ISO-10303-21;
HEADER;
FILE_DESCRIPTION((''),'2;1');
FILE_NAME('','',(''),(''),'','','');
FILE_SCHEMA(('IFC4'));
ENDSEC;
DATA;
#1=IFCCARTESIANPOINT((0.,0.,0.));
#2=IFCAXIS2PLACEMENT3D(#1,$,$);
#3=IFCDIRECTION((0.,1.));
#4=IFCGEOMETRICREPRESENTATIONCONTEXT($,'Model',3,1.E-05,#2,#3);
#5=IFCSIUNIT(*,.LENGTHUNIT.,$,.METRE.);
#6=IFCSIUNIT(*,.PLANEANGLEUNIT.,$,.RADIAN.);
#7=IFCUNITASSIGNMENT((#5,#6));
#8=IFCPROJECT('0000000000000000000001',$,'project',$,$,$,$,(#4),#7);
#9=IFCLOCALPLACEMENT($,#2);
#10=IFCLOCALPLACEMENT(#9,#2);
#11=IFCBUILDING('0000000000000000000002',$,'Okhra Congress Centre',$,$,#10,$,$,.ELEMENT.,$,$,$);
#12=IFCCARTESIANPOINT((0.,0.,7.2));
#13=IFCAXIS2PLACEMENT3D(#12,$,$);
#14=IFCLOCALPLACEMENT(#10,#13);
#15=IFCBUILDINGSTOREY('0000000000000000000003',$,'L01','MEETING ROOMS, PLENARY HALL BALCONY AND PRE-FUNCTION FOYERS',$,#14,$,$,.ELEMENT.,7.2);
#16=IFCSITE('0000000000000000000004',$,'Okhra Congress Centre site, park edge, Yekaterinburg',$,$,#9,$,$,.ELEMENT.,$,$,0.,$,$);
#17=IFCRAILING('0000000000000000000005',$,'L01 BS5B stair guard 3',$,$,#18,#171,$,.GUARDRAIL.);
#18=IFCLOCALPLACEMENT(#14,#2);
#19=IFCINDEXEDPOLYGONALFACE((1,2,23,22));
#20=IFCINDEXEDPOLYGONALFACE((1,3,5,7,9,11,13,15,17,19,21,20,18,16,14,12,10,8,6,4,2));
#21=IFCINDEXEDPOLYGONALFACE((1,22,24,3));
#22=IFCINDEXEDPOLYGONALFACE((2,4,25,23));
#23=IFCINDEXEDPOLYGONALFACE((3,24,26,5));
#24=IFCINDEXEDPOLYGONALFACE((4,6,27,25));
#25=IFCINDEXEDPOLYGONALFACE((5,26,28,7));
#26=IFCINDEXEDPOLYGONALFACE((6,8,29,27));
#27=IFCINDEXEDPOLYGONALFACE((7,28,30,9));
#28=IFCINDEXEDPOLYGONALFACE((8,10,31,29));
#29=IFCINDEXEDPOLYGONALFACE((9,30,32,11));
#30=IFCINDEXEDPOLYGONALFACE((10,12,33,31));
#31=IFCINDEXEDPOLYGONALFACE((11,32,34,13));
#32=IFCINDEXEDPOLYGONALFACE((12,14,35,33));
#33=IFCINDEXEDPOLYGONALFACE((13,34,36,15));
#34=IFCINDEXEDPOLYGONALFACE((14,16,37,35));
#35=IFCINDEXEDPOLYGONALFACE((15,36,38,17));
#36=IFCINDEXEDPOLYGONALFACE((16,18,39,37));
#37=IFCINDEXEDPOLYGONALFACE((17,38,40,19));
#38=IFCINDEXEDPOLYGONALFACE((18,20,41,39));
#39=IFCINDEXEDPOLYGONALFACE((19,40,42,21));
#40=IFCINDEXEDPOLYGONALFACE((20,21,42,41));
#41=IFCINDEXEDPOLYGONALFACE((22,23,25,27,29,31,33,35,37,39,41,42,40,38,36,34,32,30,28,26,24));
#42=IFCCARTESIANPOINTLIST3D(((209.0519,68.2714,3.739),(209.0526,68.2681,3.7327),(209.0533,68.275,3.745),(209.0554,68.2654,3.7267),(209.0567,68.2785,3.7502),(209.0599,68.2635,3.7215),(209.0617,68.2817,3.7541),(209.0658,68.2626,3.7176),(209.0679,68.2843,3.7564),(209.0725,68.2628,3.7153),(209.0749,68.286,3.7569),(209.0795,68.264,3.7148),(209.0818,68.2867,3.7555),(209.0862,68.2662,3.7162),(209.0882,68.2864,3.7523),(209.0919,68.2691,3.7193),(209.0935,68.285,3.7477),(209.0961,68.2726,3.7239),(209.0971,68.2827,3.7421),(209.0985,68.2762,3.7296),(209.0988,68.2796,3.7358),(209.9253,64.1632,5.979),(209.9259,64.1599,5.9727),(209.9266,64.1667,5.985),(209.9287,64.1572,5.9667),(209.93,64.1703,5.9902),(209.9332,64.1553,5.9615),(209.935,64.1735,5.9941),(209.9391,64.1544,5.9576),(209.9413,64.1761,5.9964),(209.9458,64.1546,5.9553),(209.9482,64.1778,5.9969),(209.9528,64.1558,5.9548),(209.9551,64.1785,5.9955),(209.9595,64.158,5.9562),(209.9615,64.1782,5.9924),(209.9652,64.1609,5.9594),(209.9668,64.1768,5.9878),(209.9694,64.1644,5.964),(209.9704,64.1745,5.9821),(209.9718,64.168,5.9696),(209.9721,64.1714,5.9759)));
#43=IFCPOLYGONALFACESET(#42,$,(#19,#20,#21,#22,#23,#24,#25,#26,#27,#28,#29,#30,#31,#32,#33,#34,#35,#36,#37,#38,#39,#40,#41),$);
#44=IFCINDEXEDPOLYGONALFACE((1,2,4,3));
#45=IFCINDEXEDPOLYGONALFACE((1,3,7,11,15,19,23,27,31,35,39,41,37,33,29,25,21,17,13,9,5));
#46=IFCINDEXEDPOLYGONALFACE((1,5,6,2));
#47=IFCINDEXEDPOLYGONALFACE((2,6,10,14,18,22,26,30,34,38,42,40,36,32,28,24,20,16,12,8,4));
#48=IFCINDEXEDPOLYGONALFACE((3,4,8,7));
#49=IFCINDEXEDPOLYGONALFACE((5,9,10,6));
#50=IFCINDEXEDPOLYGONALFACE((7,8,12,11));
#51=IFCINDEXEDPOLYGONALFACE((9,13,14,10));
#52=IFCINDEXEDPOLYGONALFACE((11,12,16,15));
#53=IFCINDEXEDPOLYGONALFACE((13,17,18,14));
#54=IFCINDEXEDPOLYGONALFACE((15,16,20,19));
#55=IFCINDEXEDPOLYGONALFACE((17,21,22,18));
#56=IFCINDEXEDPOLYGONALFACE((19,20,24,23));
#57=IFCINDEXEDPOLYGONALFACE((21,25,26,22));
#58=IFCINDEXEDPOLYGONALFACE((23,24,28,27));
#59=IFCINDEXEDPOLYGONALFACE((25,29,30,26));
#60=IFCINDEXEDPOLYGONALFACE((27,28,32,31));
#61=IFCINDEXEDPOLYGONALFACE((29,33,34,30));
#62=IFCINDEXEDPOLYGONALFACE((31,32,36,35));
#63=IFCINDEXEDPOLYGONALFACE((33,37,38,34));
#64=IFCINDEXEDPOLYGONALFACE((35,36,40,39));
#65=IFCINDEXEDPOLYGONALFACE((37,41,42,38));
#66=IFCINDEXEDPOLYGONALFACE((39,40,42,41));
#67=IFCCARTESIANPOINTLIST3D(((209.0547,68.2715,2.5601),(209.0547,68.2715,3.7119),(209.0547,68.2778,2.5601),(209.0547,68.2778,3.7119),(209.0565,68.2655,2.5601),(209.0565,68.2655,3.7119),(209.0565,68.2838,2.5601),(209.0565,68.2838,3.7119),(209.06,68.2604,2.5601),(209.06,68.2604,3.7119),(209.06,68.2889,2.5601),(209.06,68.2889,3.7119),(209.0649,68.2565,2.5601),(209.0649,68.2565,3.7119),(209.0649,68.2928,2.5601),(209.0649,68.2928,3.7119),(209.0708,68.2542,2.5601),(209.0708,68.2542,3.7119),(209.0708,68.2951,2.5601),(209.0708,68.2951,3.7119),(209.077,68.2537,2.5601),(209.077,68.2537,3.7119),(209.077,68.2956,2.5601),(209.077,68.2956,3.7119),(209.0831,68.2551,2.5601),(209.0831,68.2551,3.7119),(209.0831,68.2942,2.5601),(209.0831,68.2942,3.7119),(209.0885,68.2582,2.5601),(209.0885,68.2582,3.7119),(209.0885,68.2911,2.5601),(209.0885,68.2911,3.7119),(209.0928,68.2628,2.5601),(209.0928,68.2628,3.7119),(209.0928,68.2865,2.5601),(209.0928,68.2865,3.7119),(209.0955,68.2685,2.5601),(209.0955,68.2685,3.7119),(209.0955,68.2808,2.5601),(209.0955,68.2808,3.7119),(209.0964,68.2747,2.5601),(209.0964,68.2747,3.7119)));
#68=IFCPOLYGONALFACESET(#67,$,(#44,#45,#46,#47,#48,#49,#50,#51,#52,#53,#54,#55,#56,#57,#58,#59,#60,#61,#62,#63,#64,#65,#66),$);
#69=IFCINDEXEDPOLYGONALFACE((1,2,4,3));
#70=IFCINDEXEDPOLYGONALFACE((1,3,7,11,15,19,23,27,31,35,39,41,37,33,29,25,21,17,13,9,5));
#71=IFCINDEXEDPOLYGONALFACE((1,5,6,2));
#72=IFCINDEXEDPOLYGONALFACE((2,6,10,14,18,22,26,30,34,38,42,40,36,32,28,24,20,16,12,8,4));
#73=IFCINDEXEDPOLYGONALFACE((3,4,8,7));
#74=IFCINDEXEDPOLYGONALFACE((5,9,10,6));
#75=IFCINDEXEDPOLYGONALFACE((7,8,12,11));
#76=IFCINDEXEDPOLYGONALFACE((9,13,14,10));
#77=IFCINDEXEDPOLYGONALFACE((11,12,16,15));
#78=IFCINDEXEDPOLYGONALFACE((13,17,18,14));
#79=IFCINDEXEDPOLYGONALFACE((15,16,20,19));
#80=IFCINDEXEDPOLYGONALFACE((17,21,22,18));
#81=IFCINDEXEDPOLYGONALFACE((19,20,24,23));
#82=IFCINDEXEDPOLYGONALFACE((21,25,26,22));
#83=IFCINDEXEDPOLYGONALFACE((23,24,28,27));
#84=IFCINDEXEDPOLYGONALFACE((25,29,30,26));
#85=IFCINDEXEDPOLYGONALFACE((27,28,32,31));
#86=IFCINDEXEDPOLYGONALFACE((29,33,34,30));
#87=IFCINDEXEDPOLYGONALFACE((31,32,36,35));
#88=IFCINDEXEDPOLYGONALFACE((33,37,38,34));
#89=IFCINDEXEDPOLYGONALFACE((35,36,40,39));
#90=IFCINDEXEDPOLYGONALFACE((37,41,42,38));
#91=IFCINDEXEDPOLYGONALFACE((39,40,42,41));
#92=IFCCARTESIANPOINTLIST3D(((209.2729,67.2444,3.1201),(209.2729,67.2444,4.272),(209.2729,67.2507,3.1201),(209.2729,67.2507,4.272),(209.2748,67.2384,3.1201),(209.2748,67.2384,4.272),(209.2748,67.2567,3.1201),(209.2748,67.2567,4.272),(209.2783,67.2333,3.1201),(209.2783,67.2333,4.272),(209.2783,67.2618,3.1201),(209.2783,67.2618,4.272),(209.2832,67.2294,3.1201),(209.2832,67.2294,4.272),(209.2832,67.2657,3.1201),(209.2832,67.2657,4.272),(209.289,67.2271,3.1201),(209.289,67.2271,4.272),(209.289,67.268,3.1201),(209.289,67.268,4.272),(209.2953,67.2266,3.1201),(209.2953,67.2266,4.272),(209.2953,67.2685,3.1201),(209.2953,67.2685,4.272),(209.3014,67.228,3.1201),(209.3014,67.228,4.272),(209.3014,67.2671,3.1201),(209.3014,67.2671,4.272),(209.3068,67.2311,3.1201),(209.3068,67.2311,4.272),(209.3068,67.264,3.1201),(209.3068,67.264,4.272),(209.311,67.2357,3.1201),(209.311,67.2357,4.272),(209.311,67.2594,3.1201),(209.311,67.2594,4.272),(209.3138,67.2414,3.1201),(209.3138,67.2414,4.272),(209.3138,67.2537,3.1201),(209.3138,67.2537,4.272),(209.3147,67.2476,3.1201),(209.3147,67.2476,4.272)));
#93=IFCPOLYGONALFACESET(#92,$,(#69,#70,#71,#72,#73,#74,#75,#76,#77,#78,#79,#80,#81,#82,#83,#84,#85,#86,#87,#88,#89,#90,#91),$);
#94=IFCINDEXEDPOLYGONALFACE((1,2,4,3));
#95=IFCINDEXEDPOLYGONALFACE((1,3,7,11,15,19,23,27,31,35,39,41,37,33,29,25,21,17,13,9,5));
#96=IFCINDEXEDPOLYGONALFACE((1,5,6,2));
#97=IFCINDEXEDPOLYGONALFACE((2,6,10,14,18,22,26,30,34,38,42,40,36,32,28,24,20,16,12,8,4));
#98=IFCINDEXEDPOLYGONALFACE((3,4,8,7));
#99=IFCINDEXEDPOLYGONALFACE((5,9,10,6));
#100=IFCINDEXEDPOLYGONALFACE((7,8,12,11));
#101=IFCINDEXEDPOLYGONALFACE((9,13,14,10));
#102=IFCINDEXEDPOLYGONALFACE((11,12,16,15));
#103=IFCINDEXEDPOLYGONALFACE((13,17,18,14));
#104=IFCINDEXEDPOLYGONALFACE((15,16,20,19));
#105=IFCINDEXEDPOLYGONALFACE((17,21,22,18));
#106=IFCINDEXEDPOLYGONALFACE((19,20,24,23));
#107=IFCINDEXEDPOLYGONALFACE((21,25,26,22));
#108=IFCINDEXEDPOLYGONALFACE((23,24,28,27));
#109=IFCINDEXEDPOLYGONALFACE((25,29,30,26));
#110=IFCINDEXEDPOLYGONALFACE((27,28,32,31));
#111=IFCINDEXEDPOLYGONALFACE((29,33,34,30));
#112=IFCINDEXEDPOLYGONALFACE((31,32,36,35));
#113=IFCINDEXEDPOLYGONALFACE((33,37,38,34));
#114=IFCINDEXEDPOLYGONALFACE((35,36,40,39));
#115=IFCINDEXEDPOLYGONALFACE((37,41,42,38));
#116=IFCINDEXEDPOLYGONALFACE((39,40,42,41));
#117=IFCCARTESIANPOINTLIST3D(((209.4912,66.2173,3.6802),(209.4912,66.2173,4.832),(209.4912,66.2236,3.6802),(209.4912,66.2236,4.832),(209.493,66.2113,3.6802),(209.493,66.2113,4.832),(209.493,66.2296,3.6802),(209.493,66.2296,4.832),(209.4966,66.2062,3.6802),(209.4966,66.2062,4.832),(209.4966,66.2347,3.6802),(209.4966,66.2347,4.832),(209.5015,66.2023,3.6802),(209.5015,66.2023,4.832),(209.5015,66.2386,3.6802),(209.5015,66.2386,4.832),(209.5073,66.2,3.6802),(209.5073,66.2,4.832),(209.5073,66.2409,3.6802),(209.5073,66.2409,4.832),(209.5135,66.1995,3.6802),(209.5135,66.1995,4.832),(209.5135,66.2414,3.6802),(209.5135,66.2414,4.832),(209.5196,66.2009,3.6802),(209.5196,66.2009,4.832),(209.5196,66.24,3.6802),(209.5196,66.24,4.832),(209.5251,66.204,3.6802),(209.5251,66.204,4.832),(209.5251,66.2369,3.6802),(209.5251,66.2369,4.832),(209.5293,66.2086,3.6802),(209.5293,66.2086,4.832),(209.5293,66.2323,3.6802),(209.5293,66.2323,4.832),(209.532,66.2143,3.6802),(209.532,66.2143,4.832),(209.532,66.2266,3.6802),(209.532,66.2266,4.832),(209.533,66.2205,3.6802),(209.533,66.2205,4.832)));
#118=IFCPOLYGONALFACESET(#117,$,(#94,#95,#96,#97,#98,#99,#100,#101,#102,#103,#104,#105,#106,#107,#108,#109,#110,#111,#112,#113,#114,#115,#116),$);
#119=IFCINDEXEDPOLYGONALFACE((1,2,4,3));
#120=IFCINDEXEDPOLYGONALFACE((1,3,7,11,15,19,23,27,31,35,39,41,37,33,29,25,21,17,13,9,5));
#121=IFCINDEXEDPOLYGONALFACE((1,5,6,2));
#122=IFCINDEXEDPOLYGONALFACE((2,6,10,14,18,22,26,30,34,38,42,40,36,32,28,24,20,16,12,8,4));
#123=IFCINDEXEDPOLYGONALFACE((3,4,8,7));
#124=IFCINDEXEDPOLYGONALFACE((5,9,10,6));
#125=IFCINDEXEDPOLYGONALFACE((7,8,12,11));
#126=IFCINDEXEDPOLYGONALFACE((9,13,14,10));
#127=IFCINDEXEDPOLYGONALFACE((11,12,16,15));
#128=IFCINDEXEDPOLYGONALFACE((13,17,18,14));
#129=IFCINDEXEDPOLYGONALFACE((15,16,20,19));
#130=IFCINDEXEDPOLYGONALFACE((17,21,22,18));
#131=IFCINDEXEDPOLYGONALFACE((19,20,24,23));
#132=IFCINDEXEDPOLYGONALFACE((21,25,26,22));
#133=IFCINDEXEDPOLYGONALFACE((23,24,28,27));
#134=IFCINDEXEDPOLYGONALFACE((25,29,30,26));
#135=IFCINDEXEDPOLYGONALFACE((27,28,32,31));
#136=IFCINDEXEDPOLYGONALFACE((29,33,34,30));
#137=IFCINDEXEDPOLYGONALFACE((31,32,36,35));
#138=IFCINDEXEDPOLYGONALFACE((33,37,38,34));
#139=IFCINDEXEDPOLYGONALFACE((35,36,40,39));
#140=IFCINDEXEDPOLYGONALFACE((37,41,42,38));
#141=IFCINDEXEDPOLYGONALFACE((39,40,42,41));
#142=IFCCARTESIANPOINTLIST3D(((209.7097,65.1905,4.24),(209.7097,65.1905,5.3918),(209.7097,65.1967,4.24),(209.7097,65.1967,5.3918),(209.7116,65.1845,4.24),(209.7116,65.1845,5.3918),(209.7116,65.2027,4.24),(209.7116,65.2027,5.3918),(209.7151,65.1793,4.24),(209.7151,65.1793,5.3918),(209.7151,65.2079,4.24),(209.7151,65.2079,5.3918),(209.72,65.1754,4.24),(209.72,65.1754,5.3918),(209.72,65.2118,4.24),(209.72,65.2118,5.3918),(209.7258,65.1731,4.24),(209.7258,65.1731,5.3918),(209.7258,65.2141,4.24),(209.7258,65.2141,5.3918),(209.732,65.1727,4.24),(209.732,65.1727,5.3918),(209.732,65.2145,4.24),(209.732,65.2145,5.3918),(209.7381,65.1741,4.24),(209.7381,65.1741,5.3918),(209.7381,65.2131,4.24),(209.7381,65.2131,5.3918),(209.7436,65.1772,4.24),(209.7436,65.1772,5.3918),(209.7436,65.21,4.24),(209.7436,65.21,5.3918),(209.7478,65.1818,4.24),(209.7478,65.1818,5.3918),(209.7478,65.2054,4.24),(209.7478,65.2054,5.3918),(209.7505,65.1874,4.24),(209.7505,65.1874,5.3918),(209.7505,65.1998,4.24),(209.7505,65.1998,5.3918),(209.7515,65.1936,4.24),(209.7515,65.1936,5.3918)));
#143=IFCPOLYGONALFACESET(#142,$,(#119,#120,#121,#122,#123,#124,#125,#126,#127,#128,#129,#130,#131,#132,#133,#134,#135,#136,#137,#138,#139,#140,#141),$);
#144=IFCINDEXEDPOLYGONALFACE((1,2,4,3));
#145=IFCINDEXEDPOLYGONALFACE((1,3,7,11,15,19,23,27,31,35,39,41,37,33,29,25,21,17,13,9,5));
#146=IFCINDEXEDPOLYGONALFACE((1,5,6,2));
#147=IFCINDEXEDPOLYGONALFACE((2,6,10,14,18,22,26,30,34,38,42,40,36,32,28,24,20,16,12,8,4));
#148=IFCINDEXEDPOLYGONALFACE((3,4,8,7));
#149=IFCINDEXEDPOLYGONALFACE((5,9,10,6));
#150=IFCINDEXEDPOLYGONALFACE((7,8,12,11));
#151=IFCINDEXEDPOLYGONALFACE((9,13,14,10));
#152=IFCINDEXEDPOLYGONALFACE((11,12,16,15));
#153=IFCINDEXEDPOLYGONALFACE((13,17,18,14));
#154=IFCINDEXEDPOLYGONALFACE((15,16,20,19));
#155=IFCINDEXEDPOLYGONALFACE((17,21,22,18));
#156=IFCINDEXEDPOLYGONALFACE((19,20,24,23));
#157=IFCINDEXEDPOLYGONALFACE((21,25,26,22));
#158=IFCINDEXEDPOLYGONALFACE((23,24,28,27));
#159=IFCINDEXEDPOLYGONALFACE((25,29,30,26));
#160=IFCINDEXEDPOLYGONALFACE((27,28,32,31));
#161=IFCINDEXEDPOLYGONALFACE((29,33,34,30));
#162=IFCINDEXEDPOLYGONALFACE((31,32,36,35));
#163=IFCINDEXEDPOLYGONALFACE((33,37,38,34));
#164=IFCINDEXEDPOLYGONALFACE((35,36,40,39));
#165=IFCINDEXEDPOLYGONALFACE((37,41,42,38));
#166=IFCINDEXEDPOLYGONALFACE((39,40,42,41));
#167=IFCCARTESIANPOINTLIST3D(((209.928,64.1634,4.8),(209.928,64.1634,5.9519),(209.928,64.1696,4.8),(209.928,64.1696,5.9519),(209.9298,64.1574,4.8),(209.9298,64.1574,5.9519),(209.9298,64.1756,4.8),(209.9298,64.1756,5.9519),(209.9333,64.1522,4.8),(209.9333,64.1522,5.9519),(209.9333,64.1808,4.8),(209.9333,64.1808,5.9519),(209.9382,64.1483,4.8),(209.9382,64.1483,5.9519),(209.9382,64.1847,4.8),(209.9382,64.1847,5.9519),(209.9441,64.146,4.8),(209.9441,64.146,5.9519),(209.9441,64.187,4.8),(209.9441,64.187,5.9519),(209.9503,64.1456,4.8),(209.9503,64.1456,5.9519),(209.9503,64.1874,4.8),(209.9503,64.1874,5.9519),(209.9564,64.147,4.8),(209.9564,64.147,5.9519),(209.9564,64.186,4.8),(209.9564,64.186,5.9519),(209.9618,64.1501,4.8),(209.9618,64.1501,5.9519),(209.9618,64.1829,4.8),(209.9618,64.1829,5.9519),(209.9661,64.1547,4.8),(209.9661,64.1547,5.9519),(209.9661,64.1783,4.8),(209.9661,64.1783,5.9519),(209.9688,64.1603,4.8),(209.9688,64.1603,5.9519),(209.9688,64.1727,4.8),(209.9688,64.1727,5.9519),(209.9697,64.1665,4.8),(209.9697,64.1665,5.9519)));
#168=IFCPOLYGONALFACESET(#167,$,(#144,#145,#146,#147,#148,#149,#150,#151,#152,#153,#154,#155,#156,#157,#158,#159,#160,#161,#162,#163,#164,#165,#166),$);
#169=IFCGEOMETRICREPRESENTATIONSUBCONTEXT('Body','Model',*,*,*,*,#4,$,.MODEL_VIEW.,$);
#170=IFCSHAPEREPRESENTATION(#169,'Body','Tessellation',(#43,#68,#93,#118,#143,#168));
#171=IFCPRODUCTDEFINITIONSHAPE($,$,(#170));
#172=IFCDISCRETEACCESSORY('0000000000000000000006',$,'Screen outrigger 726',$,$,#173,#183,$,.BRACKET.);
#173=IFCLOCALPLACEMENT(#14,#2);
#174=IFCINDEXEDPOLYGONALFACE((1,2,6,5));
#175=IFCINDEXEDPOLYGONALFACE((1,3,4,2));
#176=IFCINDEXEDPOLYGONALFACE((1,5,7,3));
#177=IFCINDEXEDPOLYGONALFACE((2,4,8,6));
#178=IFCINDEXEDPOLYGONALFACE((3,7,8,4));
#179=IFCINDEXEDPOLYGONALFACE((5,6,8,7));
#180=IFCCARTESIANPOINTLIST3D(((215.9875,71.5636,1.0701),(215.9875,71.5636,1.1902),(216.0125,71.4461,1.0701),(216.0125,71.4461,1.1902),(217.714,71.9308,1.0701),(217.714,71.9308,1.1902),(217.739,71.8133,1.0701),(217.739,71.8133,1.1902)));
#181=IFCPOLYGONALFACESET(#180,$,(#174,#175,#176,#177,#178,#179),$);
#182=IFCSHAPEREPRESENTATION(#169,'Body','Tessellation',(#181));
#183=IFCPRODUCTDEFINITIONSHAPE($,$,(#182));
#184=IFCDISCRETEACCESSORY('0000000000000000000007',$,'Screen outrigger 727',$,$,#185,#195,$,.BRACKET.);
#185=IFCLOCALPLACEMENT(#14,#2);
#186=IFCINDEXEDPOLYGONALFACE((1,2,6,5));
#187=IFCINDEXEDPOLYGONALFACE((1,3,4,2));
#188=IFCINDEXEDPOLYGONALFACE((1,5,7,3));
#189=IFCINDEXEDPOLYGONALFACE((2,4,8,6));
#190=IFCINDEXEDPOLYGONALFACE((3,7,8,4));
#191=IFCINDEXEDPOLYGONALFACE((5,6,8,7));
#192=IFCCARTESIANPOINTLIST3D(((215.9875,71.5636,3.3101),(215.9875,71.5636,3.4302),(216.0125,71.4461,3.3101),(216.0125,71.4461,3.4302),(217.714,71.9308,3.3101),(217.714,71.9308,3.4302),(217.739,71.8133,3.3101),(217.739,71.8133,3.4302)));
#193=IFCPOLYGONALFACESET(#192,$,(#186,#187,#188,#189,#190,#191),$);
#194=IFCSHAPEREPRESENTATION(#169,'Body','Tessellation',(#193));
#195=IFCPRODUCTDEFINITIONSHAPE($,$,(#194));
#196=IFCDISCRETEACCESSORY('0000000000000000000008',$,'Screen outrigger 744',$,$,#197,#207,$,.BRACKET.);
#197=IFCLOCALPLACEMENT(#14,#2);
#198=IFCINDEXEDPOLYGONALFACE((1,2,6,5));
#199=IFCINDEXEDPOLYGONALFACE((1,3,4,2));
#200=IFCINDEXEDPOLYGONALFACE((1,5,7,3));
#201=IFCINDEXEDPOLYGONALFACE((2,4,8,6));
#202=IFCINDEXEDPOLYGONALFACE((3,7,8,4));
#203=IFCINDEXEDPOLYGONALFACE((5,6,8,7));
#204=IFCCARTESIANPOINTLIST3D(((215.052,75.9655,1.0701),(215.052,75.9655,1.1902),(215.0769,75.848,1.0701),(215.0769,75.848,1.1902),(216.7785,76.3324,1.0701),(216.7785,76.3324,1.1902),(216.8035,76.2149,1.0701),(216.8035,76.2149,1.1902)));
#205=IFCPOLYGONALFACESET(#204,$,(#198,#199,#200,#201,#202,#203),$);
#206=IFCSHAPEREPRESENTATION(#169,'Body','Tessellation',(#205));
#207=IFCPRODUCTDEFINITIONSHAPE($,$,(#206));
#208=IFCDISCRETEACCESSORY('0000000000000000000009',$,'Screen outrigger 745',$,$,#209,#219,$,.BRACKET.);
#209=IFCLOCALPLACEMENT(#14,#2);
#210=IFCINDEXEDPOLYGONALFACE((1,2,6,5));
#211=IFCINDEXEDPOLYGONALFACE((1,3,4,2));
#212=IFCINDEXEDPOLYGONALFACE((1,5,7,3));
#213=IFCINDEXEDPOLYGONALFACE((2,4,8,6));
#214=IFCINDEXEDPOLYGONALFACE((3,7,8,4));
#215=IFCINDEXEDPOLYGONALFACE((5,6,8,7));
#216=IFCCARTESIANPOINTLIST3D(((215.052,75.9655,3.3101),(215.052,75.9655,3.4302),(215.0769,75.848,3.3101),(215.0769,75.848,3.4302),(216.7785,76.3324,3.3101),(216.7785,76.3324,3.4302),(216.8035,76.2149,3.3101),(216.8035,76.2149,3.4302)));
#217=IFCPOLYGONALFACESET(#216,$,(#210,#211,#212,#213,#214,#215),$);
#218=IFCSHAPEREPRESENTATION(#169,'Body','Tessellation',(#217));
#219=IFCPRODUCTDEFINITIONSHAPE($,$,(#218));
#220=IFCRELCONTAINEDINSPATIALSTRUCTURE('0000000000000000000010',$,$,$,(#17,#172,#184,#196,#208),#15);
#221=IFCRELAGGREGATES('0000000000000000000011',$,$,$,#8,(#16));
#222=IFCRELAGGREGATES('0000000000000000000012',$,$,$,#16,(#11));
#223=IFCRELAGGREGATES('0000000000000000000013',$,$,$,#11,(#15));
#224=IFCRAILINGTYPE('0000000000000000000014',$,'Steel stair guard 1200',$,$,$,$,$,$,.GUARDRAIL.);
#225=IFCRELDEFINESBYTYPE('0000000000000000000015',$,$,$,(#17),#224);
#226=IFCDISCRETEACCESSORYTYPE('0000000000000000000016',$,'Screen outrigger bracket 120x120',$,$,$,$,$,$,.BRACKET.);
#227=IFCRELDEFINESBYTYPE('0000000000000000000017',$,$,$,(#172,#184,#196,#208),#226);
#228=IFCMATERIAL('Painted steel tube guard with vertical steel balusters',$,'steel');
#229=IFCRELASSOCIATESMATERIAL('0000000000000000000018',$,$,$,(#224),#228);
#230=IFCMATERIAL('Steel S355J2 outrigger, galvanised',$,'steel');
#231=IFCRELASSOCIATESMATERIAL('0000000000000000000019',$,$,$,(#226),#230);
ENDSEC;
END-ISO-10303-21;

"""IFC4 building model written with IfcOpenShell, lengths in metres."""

from ifc_helpers import new_model, si_unit, direction, frame, origin, origin_2d, place, context, subcontext, project, spatial, rectangle, circle, extrude, material, material_profile, profile_set, type_object, element, save


model = new_model("IFC4")

# Units and contexts
model_context = context("Model", 3, precision=1e-05, world=origin(), true_north=direction((0.0, 1.0)))
body_context = subcontext(model_context, "Body", "Model", "MODEL_VIEW")
ifc_project = project(units=[si_unit("LENGTHUNIT", "METRE"), si_unit("PLANEANGLEUNIT", "RADIAN")], contexts=[model_context])

# Site, building, storey
site_placement = place(None, origin())
site = spatial("IfcSite", under=ifc_project, at=site_placement, Name="Okhra Congress Centre site, park edge, Yekaterinburg", CompositionType="ELEMENT", RefElevation=0.0)
building_placement = place(site_placement, origin())
building = spatial("IfcBuilding", under=site, at=building_placement, Name="Okhra Congress Centre", CompositionType="ELEMENT")
storey_placement = place(building_placement, frame((0.0, 0.0, 7.2)))
storey = spatial("IfcBuildingStorey", under=building, at=storey_placement, Name="L01", Description="MEETING ROOMS, PLENARY HALL BALCONY AND PRE-FUNCTION FOYERS", CompositionType="ELEMENT", Elevation=7.2)

# Railing
ifc_material_1 = material(Name="Painted steel tube guard with vertical steel balusters", Category="steel")
railing_type_1 = type_object("IfcRailingType", Name="Steel stair guard 1200", PredefinedType="GUARDRAIL", material=ifc_material_1)
railing_1_placement = place(storey_placement, frame((209.0754, 68.2747, 2.5601)))
element("IfcRailing", 1, at=railing_1_placement, inside=storey, type_object=railing_type_1, Name="L01 BS5B stair guard 3", PredefinedType="GUARDRAIL", context=body_context, shape_type="SweptSolid", body=[
    extrude(circle(Radius=0.0239, at=origin_2d()), frame((0.0, 0.0, 1.1758), z_axis=(0.183466, -0.863067, 0.470591), x_axis=(0.978144, 0.207929, 0.0)), (0.0, 0.0, 1.0), 4.76),
    extrude(circle(Radius=0.021, at=origin_2d()), origin(), (0.0, 0.0, 1.0), 1.1519),
    extrude(circle(Radius=0.021, at=origin_2d()), frame((0.2183, -1.0271, 0.5601)), (0.0, 0.0, 1.0), 1.1519),
    extrude(circle(Radius=0.021, at=origin_2d()), frame((0.4365, -2.0542, 1.1201)), (0.0, 0.0, 1.0), 1.1519),
    extrude(circle(Radius=0.021, at=origin_2d()), frame((0.655, -3.0811, 1.6799)), (0.0, 0.0, 1.0), 1.1519),
    extrude(circle(Radius=0.021, at=origin_2d()), frame((0.8733, -4.1082, 2.24)), (0.0, 0.0, 1.0), 1.1519),
])

# Discrete accessories
ifc_material_2 = material(Name="Steel S355J2 outrigger, galvanised", Category="steel")
ifc_material_profile_1 = material_profile(ifc_material_2, rectangle(XDim=0.1201, YDim=0.1201, at=origin_2d()), Name="Screen outrigger bracket 120x120")
ifc_profile_set_1 = profile_set([ifc_material_profile_1], Name="Steel S355J2 outrigger, galvanised")
discrete_accessory_type = type_object("IfcDiscreteAccessoryType", Name="Screen outrigger bracket 120x120", PredefinedType="BRACKET", material=ifc_profile_set_1)
for number, where, z_axis, x_axis, name in (
    (2, (216.0, 71.5049, 1.1301), (0.978125, 0.208018, 0.0), (-0.208018, 0.978125, 0.0), "Screen outrigger 726"),
    (3, (216.0, 71.5049, 3.3701), (0.978125, 0.208018, 0.0), (-0.208018, 0.978125, 0.0), "Screen outrigger 727"),
    (4, (215.0645, 75.9067, 1.1301), (0.978153, 0.207885, 0.0), (-0.207885, 0.978153, 0.0), "Screen outrigger 744"),
    (5, (215.0645, 75.9067, 3.3701), (0.978153, 0.207885, 0.0), (-0.207885, 0.978153, 0.0), "Screen outrigger 745"),
):
    element("IfcDiscreteAccessory", number, at=place(storey_placement, frame(where, z_axis=z_axis, x_axis=x_axis)), inside=storey, type_object=discrete_accessory_type, Name=name, PredefinedType="BRACKET", context=body_context, shape_type="SweptSolid", body=[
        extrude(rectangle(XDim=0.1201, YDim=0.1201, at=origin_2d()), origin(), (0.0, 0.0, 1.0), 1.7651),
    ])

save(model, "model.ifc")
